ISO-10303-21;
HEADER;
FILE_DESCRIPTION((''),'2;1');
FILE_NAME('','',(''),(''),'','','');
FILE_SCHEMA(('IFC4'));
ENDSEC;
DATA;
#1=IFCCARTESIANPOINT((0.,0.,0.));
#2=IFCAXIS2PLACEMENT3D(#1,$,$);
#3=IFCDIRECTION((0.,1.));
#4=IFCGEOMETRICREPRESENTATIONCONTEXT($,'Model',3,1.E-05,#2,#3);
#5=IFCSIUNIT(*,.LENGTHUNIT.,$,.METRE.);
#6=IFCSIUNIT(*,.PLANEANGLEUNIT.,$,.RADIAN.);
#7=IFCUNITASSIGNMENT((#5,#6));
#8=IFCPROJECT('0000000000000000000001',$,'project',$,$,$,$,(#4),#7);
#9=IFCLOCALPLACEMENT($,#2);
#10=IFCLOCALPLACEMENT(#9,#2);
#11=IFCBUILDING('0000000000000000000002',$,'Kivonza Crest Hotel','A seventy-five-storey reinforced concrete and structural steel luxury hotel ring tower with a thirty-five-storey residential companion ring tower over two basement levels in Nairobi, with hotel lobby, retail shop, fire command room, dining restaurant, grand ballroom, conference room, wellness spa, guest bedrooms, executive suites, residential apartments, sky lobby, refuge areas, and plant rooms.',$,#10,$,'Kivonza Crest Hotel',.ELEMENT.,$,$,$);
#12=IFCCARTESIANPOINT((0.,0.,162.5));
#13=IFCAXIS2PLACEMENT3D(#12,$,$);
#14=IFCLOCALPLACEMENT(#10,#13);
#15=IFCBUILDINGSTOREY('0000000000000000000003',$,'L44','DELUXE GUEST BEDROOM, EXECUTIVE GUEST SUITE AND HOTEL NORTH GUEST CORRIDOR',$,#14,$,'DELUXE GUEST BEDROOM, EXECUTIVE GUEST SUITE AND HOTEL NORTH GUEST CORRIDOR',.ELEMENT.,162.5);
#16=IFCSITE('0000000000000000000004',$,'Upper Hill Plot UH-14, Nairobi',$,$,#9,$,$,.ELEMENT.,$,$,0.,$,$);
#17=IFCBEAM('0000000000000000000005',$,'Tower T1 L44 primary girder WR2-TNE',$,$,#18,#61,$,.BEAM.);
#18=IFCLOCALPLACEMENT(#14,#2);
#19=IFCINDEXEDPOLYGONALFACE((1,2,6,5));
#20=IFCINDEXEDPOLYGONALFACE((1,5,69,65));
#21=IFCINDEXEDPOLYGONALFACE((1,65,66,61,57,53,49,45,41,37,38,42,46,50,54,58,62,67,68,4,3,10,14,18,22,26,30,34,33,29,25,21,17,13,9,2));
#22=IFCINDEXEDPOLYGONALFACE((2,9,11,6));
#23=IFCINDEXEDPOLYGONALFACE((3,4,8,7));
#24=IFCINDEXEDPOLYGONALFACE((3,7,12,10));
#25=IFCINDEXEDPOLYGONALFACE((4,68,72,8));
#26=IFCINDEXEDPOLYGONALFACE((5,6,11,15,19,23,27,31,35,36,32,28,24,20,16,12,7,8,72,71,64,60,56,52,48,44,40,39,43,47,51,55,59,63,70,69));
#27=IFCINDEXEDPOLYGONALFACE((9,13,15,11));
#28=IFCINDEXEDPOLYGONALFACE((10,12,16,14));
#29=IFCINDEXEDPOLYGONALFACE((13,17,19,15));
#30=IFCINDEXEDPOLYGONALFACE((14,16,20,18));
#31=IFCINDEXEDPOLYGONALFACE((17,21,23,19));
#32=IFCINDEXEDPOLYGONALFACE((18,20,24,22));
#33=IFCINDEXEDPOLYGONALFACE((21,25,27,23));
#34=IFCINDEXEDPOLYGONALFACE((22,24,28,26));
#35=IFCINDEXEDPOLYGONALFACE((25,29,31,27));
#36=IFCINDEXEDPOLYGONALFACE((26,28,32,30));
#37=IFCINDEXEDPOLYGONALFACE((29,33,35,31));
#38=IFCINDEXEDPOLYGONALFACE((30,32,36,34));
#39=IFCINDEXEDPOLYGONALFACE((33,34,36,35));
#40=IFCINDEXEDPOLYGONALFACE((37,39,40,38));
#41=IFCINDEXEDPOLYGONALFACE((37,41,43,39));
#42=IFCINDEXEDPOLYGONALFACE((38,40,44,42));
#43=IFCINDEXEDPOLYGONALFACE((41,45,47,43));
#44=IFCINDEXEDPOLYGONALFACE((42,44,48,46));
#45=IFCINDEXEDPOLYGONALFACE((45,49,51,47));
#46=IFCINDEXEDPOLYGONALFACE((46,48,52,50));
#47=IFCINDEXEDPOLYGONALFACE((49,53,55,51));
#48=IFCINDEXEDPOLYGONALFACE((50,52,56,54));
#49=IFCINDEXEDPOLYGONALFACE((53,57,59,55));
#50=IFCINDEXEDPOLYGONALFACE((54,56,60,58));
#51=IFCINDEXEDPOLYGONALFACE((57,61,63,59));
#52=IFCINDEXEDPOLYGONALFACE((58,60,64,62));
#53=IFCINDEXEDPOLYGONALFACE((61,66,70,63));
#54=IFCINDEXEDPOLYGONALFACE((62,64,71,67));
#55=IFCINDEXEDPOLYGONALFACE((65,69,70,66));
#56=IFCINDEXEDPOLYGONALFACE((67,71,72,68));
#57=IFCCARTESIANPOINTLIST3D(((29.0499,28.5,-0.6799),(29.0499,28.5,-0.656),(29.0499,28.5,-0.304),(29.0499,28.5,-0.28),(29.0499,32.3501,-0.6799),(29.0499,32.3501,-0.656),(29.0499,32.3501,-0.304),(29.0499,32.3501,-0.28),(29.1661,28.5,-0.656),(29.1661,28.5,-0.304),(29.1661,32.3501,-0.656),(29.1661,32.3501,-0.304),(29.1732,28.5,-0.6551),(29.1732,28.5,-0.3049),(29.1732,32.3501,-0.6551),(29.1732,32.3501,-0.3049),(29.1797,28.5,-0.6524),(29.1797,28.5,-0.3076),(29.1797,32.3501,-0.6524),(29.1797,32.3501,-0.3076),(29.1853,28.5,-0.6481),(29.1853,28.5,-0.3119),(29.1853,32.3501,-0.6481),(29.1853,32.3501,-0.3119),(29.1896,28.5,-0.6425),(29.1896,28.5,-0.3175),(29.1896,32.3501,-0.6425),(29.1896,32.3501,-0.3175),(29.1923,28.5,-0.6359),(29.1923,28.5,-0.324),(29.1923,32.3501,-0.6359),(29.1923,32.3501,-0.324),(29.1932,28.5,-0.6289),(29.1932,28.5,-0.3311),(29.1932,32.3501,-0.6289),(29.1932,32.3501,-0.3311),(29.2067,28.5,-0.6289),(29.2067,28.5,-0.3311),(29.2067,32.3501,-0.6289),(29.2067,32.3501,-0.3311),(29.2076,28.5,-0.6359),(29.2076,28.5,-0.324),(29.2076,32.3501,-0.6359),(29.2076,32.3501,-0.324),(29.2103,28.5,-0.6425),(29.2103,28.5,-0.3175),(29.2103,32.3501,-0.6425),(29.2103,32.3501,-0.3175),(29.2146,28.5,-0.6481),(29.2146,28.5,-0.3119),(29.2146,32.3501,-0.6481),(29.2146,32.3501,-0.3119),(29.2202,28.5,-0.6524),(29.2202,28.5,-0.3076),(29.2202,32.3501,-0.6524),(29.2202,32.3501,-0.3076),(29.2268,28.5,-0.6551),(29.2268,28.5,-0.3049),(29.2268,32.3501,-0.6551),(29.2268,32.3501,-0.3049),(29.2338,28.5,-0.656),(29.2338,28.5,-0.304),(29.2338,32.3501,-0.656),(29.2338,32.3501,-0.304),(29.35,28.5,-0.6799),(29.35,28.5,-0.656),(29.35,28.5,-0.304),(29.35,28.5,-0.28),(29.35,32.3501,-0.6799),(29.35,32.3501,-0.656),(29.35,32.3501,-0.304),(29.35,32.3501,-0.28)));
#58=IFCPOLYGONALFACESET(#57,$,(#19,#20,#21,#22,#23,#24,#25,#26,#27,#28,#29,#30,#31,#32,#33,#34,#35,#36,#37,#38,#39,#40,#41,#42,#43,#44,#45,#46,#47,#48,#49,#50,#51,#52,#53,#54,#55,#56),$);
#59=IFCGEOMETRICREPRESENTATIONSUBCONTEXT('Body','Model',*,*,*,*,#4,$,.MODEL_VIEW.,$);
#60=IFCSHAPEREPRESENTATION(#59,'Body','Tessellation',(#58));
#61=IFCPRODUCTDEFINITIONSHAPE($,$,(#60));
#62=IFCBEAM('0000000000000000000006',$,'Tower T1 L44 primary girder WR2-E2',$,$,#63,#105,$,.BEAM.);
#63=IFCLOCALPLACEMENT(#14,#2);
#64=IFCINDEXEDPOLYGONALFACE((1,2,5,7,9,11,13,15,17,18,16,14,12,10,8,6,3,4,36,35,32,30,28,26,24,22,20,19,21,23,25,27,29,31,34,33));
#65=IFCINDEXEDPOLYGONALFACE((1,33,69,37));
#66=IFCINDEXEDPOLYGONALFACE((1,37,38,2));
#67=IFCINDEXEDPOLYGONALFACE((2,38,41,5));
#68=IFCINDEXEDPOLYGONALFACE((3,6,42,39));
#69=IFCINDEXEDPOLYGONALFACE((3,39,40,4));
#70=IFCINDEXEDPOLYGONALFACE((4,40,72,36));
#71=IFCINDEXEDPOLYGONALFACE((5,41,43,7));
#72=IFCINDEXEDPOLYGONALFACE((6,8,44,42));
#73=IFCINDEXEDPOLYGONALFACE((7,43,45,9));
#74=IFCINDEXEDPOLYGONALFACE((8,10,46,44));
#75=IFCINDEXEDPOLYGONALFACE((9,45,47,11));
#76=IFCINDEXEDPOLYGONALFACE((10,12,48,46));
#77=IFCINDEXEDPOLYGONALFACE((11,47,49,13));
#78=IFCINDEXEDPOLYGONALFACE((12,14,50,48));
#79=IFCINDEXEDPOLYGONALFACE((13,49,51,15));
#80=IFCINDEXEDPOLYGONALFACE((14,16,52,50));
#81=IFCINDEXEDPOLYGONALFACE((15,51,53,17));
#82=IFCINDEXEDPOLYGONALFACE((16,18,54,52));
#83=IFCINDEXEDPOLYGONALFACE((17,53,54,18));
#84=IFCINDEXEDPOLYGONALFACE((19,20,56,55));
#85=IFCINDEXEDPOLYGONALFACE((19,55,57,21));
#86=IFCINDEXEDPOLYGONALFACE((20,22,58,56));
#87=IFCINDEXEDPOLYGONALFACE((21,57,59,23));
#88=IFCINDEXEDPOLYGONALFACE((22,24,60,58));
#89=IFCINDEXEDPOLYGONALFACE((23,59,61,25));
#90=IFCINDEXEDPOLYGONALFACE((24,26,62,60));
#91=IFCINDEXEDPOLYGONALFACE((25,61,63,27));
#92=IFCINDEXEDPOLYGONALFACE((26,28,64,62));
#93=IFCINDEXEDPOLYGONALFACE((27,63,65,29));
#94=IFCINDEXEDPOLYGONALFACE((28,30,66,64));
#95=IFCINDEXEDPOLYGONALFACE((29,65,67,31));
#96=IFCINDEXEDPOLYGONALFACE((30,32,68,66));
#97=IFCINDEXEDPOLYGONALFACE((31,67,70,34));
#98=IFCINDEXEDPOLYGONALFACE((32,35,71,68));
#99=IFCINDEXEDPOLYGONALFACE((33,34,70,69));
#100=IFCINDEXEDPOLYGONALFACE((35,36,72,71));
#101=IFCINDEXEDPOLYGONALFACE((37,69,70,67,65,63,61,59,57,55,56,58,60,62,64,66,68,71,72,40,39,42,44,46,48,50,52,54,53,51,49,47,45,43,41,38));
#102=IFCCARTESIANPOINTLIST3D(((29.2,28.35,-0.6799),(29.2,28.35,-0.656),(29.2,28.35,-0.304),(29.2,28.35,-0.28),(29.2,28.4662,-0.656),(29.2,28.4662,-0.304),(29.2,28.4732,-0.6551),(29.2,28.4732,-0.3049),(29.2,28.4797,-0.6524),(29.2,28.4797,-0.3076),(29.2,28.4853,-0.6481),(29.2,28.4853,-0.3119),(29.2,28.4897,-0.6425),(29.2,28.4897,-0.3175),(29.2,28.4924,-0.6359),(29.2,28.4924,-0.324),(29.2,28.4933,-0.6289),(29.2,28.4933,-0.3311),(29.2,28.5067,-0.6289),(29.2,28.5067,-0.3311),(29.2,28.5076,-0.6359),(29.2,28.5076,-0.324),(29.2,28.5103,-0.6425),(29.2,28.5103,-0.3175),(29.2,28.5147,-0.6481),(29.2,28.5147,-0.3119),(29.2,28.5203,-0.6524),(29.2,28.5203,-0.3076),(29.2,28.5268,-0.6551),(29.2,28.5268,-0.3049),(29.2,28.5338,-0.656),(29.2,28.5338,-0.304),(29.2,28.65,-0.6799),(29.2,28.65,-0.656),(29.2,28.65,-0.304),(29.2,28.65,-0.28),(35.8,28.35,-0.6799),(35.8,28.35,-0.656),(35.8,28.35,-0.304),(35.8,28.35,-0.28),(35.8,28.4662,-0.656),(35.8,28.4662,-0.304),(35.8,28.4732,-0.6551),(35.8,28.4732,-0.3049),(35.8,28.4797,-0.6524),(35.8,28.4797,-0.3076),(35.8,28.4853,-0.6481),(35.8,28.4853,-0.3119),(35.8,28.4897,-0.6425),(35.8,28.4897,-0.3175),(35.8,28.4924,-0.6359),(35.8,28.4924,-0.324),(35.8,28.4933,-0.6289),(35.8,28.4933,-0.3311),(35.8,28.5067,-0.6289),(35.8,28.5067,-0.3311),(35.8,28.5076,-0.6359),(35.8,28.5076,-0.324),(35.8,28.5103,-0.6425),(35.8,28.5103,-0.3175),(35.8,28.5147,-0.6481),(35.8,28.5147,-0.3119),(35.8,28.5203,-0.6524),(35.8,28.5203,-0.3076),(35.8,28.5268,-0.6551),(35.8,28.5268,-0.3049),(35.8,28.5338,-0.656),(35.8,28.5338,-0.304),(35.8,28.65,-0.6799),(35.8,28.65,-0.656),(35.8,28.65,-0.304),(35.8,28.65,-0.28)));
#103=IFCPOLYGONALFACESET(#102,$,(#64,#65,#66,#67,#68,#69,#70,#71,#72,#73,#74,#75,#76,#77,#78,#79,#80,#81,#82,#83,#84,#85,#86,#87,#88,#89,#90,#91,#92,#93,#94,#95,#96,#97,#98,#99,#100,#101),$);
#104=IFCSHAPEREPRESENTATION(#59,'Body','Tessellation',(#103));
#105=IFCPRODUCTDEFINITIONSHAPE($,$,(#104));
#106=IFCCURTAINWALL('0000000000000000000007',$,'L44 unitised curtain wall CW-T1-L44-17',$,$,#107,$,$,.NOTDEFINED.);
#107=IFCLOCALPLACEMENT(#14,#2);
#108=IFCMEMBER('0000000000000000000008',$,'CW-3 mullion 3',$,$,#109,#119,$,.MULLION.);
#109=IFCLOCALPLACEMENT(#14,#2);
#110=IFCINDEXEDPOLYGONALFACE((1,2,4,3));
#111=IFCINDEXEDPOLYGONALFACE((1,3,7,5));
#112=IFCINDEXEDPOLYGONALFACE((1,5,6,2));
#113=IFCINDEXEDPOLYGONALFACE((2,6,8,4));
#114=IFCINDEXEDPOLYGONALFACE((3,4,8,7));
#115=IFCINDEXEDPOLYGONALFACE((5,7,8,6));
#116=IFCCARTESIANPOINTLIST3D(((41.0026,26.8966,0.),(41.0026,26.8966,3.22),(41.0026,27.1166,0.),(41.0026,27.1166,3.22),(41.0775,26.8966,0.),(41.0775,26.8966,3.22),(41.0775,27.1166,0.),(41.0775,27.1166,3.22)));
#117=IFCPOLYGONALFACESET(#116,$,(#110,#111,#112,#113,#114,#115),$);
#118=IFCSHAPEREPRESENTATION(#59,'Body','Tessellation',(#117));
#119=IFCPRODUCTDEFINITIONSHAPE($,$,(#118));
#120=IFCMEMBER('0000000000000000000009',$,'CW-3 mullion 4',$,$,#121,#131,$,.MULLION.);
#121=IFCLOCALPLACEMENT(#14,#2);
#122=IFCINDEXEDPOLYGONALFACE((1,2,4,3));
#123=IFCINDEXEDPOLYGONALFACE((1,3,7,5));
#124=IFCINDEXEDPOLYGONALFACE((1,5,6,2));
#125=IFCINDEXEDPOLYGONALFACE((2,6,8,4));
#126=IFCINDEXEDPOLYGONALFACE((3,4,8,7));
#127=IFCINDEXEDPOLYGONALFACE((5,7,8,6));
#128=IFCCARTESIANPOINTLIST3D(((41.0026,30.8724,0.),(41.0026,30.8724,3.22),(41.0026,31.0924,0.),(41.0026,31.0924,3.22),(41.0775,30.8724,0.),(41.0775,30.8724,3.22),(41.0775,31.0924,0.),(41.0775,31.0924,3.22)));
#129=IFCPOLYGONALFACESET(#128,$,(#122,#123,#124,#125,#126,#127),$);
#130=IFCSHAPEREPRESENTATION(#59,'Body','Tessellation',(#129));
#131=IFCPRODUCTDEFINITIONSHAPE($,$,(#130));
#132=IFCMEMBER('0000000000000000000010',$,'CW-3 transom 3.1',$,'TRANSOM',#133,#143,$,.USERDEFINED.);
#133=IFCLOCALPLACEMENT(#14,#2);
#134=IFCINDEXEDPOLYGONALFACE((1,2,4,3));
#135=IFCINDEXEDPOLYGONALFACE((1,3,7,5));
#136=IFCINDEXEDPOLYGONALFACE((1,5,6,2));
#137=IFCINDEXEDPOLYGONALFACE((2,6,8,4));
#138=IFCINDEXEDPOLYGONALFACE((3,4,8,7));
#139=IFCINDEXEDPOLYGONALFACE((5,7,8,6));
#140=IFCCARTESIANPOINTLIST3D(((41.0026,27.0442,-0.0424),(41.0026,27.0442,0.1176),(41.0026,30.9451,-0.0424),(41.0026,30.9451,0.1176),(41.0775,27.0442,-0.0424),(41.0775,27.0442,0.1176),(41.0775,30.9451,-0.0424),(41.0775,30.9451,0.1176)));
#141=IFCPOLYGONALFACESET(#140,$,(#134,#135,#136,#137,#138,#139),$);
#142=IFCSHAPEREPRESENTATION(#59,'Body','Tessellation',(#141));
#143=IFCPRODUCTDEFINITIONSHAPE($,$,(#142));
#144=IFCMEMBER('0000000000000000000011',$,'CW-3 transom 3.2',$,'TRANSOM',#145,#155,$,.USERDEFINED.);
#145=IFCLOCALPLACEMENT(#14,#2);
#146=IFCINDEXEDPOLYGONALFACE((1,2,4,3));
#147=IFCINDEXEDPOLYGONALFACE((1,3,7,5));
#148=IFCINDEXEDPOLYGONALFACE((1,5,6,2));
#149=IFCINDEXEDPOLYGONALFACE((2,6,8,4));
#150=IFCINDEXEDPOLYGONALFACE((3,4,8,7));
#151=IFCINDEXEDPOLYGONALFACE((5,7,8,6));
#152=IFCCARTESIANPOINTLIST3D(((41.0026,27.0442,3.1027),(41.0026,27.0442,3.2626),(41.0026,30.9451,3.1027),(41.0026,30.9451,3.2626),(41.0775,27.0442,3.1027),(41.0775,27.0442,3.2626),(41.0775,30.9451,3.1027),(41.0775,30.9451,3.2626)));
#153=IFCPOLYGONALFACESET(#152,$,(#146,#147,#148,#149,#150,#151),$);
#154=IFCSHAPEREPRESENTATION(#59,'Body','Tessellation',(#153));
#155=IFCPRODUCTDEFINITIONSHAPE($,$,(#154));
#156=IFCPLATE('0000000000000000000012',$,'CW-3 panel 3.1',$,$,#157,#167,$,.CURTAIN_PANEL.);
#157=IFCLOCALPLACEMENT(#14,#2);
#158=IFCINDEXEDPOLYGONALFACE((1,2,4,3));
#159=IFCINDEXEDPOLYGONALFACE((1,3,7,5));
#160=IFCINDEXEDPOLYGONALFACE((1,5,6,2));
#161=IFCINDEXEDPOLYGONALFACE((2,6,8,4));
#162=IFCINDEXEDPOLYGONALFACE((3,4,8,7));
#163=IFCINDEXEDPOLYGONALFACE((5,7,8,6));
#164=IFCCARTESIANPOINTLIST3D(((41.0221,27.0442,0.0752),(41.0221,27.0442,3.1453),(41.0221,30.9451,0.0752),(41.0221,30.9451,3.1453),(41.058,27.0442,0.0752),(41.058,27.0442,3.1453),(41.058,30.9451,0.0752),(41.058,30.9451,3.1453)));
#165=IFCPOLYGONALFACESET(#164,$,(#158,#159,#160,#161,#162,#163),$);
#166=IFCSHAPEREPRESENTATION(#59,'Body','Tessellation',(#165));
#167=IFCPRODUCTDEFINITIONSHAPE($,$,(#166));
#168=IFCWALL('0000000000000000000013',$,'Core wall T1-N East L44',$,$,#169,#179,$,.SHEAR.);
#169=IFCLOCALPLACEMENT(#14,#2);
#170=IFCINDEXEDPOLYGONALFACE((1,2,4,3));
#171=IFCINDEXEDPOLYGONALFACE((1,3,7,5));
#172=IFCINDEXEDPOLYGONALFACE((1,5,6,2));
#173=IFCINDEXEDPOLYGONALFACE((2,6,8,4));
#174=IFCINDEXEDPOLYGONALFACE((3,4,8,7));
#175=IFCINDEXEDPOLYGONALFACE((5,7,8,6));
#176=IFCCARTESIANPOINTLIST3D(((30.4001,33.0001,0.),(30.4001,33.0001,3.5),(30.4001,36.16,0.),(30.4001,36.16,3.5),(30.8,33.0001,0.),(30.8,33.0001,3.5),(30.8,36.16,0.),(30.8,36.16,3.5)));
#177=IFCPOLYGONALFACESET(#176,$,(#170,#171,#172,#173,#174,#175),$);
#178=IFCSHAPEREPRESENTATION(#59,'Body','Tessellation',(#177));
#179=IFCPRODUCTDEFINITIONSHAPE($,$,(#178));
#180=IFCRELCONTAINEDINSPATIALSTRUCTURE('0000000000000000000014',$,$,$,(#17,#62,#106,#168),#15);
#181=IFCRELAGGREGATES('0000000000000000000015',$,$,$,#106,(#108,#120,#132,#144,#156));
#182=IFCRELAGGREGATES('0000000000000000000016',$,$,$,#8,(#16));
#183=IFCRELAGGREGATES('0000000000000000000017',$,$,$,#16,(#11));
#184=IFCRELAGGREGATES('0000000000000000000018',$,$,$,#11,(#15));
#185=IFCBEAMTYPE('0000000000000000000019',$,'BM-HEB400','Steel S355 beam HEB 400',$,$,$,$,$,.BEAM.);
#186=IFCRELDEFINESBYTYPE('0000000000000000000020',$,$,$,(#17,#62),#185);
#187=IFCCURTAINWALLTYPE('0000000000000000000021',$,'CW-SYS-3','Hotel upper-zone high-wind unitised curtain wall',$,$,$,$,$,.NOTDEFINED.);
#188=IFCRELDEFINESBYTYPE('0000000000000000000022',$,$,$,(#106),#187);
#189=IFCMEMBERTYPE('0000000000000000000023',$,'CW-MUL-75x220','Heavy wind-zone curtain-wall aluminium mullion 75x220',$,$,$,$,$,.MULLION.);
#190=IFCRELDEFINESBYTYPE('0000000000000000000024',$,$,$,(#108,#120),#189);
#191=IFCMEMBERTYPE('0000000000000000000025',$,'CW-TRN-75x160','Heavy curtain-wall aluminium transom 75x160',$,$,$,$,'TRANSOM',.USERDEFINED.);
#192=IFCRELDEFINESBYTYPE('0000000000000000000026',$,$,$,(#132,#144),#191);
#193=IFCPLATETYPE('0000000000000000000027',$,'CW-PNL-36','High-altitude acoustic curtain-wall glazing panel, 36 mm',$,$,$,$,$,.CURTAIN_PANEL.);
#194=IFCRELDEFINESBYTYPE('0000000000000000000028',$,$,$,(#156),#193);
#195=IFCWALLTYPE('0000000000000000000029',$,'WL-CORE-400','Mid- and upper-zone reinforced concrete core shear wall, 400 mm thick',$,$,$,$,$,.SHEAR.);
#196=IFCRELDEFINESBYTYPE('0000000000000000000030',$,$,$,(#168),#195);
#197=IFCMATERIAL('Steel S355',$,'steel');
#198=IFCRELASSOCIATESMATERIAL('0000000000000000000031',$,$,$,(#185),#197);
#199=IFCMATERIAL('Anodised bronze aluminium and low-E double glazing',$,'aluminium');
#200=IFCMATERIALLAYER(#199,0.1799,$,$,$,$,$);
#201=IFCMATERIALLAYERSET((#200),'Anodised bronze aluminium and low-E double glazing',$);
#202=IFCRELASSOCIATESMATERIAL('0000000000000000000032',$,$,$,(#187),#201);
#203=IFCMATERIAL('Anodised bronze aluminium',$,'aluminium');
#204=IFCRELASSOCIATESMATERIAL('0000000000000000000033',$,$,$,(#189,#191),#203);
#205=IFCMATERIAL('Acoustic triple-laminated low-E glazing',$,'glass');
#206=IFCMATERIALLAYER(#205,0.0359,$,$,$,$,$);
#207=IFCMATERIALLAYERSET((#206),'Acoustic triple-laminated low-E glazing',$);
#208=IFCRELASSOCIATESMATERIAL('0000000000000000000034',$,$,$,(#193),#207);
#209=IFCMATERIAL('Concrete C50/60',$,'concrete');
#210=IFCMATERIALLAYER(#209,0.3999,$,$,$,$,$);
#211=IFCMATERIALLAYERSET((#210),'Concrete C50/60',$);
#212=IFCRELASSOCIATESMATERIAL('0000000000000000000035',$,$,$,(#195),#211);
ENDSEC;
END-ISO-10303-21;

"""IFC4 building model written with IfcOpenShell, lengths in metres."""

from ifc_helpers import new_model, si_unit, direction, frame, frame_2d, origin, origin_2d, place, context, subcontext, project, spatial, rectangle, i_section, extrude, material, layer, layer_set, material_profile, profile_set, type_object, element, aggregate, save


model = new_model("IFC4")

# Units and contexts
model_context = context("Model", 3, precision=1e-05, world=origin(), true_north=direction((0.0, 1.0)))
body_context = subcontext(model_context, "Body", "Model", "MODEL_VIEW")
ifc_project = project(units=[si_unit("LENGTHUNIT", "METRE"), si_unit("PLANEANGLEUNIT", "RADIAN")], contexts=[model_context])

# Site, building, storey
site_placement = place(None, origin())
site = spatial("IfcSite", under=ifc_project, at=site_placement, Name="Upper Hill Plot UH-14, Nairobi", CompositionType="ELEMENT", RefElevation=0.0)
building_placement = place(site_placement, origin())
building = spatial("IfcBuilding", under=site, at=building_placement, Name="Kivonza Crest Hotel", Description="A seventy-five-storey reinforced concrete and structural steel luxury hotel ring tower with a thirty-five-storey residential companion ring tower over two basement levels in Nairobi, with hotel lobby, retail shop, fire command room, dining restaurant, grand ballroom, conference room, wellness spa, guest bedrooms, executive suites, residential apartments, sky lobby, refuge areas, and plant rooms.", LongName="Kivonza Crest Hotel", CompositionType="ELEMENT")
storey_placement = place(building_placement, frame((0.0, 0.0, 162.5)))
storey = spatial("IfcBuildingStorey", under=building, at=storey_placement, Name="L44", Description="DELUXE GUEST BEDROOM, EXECUTIVE GUEST SUITE AND HOTEL NORTH GUEST CORRIDOR", LongName="DELUXE GUEST BEDROOM, EXECUTIVE GUEST SUITE AND HOTEL NORTH GUEST CORRIDOR", CompositionType="ELEMENT", Elevation=162.5)

# Shared definitions
ifc_material_1 = material(Name="Concrete C50/60", Category="concrete")

# Beams
ifc_material_2 = material(Name="Steel S355", Category="steel")
ifc_material_profile_1 = material_profile(ifc_material_2, i_section(OverallWidth=0.3, OverallDepth=0.3999, WebThickness=0.0134, FlangeThickness=0.0239, FilletRadius=0.0271, at=origin_2d()), Name="HEB 400")
ifc_profile_set_1 = profile_set([ifc_material_profile_1], Name="Steel S355")
beam_type_1 = type_object("IfcBeamType", Name="BM-HEB400", Description="Steel S355 beam HEB 400", PredefinedType="BEAM", material=ifc_profile_set_1)
beam_1_placement = place(storey_placement, frame((29.2, 28.5, -0.48), z_axis=(0.0, 1.0, 0.0), x_axis=(-1.0, 0.0, 0.0)))
element("IfcBeam", 1, at=beam_1_placement, inside=storey, type_object=beam_type_1, Name="Tower T1 L44 primary girder WR2-TNE", PredefinedType="BEAM", context=body_context, shape_type="SweptSolid", body=[
    extrude(i_section(OverallWidth=0.3, OverallDepth=0.3999, WebThickness=0.0134, FlangeThickness=0.0239, FilletRadius=0.0271, at=origin_2d()), origin(), (0.0, 0.0, 1.0), 3.8501),
])
beam_2_placement = place(storey_placement, frame((29.2, 28.5, -0.48), z_axis=(1.0, 0.0, 0.0), x_axis=(0.0, 1.0, 0.0)))
element("IfcBeam", 2, at=beam_2_placement, inside=storey, type_object=beam_type_1, Name="Tower T1 L44 primary girder WR2-E2", PredefinedType="BEAM", context=body_context, shape_type="SweptSolid", body=[
    extrude(i_section(OverallWidth=0.3, OverallDepth=0.3999, WebThickness=0.0134, FlangeThickness=0.0239, FilletRadius=0.0271, at=origin_2d()), origin(), (0.0, 0.0, 1.0), 6.6001),
])

# Curtain wall, members, plate
ifc_material_3 = material(Name="Anodised bronze aluminium and low-E double glazing", Category="aluminium")
ifc_layer_1 = layer(ifc_material_3, 0.1799)
ifc_layer_set_1 = layer_set([ifc_layer_1], Name="Anodised bronze aluminium and low-E double glazing")
curtain_wall_type = type_object("IfcCurtainWallType", Name="CW-SYS-3", Description="Hotel upper-zone high-wind unitised curtain wall", PredefinedType="NOTDEFINED", material=ifc_layer_set_1)
curtain_wall_placement = place(storey_placement, origin())
curtain_wall = element("IfcCurtainWall", 3, at=curtain_wall_placement, inside=storey, type_object=curtain_wall_type, Name="L44 unitised curtain wall CW-T1-L44-17", PredefinedType="NOTDEFINED")
ifc_material_4 = material(Name="Anodised bronze aluminium", Category="aluminium")
ifc_material_profile_2 = material_profile(ifc_material_4, rectangle(XDim=0.075, YDim=0.22, at=origin_2d()), Name="CW-M 75x220")
ifc_profile_set_2 = profile_set([ifc_material_profile_2], Name="Anodised bronze aluminium")
member_type_1 = type_object("IfcMemberType", Name="CW-MUL-75x220", Description="Heavy wind-zone curtain-wall aluminium mullion 75x220", PredefinedType="MULLION", material=ifc_profile_set_2)
member_1_placement = place(storey_placement, frame((41.04, 27.0066, 0.0), z_axis=(0.0, 0.0, 1.0), x_axis=(-1.0, 0.0, 0.0)))
member_1 = element("IfcMember", 4, at=member_1_placement, type_object=member_type_1, Name="CW-3 mullion 3", PredefinedType="MULLION", context=body_context, shape_type="SweptSolid", body=[
    extrude(rectangle(XDim=0.075, YDim=0.22, at=origin_2d()), origin(), (0.0, 0.0, 1.0), 3.22),
])
member_2_placement = place(storey_placement, frame((41.04, 30.9824, 0.0), z_axis=(0.0, 0.0, 1.0), x_axis=(-1.0, 0.0, 0.0)))
member_2 = element("IfcMember", 5, at=member_2_placement, type_object=member_type_1, Name="CW-3 mullion 4", PredefinedType="MULLION", context=body_context, shape_type="SweptSolid", body=[
    extrude(rectangle(XDim=0.075, YDim=0.22, at=origin_2d()), origin(), (0.0, 0.0, 1.0), 3.22),
])
ifc_material_profile_3 = material_profile(ifc_material_4, rectangle(XDim=0.075, YDim=0.1599, at=origin_2d()), Name="CW-T 75x160")
ifc_profile_set_3 = profile_set([ifc_material_profile_3], Name="Anodised bronze aluminium")
member_type_2 = type_object("IfcMemberType", Name="CW-TRN-75x160", Description="Heavy curtain-wall aluminium transom 75x160", ElementType="TRANSOM", PredefinedType="USERDEFINED", material=ifc_profile_set_3)
member_3_placement = place(storey_placement, frame((41.04, 27.0442, 0.0376), z_axis=(0.0, 1.0, 0.0), x_axis=(-1.0, 0.0, 0.0)))
member_3 = element("IfcMember", 6, at=member_3_placement, type_object=member_type_2, Name="CW-3 transom 3.1", ObjectType="TRANSOM", PredefinedType="USERDEFINED", context=body_context, shape_type="SweptSolid", body=[
    extrude(rectangle(XDim=0.075, YDim=0.1599, at=origin_2d()), origin(), (0.0, 0.0, 1.0), 3.9009),
])
member_4_placement = place(storey_placement, frame((41.04, 27.0442, 3.1826), z_axis=(0.0, 1.0, 0.0), x_axis=(-1.0, 0.0, 0.0)))
member_4 = element("IfcMember", 7, at=member_4_placement, type_object=member_type_2, Name="CW-3 transom 3.2", ObjectType="TRANSOM", PredefinedType="USERDEFINED", context=body_context, shape_type="SweptSolid", body=[
    extrude(rectangle(XDim=0.075, YDim=0.1599, at=origin_2d()), origin(), (0.0, 0.0, 1.0), 3.9009),
])
ifc_material_5 = material(Name="Acoustic triple-laminated low-E glazing", Category="glass")
ifc_layer_2 = layer(ifc_material_5, 0.0359)
ifc_layer_set_2 = layer_set([ifc_layer_2], Name="Acoustic triple-laminated low-E glazing")
plate_type = type_object("IfcPlateType", Name="CW-PNL-36", Description="High-altitude acoustic curtain-wall glazing panel, 36 mm", PredefinedType="CURTAIN_PANEL", material=ifc_layer_set_2)
plate_placement = place(storey_placement, frame((41.04, 28.9946, 0.0752), z_axis=(0.0, 0.0, 1.0), x_axis=(0.0, 1.0, 0.0)))
plate = element("IfcPlate", 8, at=plate_placement, type_object=plate_type, Name="CW-3 panel 3.1", PredefinedType="CURTAIN_PANEL", context=body_context, shape_type="SweptSolid", body=[
    extrude(rectangle(XDim=3.9009, YDim=0.0359, at=origin_2d()), origin(), (0.0, 0.0, 1.0), 3.0701),
])
aggregate(curtain_wall, [member_1, member_2, member_3, member_4, plate])

# Wall
ifc_layer_3 = layer(ifc_material_1, 0.3999)
ifc_layer_set_3 = layer_set([ifc_layer_3], Name="Concrete C50/60")
wall_type_1 = type_object("IfcWallType", Name="WL-CORE-400", Description="Mid- and upper-zone reinforced concrete core shear wall, 400 mm thick", PredefinedType="SHEAR", material=ifc_layer_set_3)
wall_1_placement = place(storey_placement, frame((30.6001, 33.0, 0.0), z_axis=(0.0, 0.0, 1.0), x_axis=(0.0, 1.0, 0.0)))
element("IfcWall", 9, at=wall_1_placement, inside=storey, type_object=wall_type_1, Name="Core wall T1-N East L44", PredefinedType="SHEAR", context=body_context, shape_type="SweptSolid", body=[
    extrude(rectangle(XDim=3.1599, YDim=0.3999, at=frame_2d((1.5801, 0.0))), origin(), (0.0, 0.0, 1.0), 3.5),
])

save(model, "model.ifc")
